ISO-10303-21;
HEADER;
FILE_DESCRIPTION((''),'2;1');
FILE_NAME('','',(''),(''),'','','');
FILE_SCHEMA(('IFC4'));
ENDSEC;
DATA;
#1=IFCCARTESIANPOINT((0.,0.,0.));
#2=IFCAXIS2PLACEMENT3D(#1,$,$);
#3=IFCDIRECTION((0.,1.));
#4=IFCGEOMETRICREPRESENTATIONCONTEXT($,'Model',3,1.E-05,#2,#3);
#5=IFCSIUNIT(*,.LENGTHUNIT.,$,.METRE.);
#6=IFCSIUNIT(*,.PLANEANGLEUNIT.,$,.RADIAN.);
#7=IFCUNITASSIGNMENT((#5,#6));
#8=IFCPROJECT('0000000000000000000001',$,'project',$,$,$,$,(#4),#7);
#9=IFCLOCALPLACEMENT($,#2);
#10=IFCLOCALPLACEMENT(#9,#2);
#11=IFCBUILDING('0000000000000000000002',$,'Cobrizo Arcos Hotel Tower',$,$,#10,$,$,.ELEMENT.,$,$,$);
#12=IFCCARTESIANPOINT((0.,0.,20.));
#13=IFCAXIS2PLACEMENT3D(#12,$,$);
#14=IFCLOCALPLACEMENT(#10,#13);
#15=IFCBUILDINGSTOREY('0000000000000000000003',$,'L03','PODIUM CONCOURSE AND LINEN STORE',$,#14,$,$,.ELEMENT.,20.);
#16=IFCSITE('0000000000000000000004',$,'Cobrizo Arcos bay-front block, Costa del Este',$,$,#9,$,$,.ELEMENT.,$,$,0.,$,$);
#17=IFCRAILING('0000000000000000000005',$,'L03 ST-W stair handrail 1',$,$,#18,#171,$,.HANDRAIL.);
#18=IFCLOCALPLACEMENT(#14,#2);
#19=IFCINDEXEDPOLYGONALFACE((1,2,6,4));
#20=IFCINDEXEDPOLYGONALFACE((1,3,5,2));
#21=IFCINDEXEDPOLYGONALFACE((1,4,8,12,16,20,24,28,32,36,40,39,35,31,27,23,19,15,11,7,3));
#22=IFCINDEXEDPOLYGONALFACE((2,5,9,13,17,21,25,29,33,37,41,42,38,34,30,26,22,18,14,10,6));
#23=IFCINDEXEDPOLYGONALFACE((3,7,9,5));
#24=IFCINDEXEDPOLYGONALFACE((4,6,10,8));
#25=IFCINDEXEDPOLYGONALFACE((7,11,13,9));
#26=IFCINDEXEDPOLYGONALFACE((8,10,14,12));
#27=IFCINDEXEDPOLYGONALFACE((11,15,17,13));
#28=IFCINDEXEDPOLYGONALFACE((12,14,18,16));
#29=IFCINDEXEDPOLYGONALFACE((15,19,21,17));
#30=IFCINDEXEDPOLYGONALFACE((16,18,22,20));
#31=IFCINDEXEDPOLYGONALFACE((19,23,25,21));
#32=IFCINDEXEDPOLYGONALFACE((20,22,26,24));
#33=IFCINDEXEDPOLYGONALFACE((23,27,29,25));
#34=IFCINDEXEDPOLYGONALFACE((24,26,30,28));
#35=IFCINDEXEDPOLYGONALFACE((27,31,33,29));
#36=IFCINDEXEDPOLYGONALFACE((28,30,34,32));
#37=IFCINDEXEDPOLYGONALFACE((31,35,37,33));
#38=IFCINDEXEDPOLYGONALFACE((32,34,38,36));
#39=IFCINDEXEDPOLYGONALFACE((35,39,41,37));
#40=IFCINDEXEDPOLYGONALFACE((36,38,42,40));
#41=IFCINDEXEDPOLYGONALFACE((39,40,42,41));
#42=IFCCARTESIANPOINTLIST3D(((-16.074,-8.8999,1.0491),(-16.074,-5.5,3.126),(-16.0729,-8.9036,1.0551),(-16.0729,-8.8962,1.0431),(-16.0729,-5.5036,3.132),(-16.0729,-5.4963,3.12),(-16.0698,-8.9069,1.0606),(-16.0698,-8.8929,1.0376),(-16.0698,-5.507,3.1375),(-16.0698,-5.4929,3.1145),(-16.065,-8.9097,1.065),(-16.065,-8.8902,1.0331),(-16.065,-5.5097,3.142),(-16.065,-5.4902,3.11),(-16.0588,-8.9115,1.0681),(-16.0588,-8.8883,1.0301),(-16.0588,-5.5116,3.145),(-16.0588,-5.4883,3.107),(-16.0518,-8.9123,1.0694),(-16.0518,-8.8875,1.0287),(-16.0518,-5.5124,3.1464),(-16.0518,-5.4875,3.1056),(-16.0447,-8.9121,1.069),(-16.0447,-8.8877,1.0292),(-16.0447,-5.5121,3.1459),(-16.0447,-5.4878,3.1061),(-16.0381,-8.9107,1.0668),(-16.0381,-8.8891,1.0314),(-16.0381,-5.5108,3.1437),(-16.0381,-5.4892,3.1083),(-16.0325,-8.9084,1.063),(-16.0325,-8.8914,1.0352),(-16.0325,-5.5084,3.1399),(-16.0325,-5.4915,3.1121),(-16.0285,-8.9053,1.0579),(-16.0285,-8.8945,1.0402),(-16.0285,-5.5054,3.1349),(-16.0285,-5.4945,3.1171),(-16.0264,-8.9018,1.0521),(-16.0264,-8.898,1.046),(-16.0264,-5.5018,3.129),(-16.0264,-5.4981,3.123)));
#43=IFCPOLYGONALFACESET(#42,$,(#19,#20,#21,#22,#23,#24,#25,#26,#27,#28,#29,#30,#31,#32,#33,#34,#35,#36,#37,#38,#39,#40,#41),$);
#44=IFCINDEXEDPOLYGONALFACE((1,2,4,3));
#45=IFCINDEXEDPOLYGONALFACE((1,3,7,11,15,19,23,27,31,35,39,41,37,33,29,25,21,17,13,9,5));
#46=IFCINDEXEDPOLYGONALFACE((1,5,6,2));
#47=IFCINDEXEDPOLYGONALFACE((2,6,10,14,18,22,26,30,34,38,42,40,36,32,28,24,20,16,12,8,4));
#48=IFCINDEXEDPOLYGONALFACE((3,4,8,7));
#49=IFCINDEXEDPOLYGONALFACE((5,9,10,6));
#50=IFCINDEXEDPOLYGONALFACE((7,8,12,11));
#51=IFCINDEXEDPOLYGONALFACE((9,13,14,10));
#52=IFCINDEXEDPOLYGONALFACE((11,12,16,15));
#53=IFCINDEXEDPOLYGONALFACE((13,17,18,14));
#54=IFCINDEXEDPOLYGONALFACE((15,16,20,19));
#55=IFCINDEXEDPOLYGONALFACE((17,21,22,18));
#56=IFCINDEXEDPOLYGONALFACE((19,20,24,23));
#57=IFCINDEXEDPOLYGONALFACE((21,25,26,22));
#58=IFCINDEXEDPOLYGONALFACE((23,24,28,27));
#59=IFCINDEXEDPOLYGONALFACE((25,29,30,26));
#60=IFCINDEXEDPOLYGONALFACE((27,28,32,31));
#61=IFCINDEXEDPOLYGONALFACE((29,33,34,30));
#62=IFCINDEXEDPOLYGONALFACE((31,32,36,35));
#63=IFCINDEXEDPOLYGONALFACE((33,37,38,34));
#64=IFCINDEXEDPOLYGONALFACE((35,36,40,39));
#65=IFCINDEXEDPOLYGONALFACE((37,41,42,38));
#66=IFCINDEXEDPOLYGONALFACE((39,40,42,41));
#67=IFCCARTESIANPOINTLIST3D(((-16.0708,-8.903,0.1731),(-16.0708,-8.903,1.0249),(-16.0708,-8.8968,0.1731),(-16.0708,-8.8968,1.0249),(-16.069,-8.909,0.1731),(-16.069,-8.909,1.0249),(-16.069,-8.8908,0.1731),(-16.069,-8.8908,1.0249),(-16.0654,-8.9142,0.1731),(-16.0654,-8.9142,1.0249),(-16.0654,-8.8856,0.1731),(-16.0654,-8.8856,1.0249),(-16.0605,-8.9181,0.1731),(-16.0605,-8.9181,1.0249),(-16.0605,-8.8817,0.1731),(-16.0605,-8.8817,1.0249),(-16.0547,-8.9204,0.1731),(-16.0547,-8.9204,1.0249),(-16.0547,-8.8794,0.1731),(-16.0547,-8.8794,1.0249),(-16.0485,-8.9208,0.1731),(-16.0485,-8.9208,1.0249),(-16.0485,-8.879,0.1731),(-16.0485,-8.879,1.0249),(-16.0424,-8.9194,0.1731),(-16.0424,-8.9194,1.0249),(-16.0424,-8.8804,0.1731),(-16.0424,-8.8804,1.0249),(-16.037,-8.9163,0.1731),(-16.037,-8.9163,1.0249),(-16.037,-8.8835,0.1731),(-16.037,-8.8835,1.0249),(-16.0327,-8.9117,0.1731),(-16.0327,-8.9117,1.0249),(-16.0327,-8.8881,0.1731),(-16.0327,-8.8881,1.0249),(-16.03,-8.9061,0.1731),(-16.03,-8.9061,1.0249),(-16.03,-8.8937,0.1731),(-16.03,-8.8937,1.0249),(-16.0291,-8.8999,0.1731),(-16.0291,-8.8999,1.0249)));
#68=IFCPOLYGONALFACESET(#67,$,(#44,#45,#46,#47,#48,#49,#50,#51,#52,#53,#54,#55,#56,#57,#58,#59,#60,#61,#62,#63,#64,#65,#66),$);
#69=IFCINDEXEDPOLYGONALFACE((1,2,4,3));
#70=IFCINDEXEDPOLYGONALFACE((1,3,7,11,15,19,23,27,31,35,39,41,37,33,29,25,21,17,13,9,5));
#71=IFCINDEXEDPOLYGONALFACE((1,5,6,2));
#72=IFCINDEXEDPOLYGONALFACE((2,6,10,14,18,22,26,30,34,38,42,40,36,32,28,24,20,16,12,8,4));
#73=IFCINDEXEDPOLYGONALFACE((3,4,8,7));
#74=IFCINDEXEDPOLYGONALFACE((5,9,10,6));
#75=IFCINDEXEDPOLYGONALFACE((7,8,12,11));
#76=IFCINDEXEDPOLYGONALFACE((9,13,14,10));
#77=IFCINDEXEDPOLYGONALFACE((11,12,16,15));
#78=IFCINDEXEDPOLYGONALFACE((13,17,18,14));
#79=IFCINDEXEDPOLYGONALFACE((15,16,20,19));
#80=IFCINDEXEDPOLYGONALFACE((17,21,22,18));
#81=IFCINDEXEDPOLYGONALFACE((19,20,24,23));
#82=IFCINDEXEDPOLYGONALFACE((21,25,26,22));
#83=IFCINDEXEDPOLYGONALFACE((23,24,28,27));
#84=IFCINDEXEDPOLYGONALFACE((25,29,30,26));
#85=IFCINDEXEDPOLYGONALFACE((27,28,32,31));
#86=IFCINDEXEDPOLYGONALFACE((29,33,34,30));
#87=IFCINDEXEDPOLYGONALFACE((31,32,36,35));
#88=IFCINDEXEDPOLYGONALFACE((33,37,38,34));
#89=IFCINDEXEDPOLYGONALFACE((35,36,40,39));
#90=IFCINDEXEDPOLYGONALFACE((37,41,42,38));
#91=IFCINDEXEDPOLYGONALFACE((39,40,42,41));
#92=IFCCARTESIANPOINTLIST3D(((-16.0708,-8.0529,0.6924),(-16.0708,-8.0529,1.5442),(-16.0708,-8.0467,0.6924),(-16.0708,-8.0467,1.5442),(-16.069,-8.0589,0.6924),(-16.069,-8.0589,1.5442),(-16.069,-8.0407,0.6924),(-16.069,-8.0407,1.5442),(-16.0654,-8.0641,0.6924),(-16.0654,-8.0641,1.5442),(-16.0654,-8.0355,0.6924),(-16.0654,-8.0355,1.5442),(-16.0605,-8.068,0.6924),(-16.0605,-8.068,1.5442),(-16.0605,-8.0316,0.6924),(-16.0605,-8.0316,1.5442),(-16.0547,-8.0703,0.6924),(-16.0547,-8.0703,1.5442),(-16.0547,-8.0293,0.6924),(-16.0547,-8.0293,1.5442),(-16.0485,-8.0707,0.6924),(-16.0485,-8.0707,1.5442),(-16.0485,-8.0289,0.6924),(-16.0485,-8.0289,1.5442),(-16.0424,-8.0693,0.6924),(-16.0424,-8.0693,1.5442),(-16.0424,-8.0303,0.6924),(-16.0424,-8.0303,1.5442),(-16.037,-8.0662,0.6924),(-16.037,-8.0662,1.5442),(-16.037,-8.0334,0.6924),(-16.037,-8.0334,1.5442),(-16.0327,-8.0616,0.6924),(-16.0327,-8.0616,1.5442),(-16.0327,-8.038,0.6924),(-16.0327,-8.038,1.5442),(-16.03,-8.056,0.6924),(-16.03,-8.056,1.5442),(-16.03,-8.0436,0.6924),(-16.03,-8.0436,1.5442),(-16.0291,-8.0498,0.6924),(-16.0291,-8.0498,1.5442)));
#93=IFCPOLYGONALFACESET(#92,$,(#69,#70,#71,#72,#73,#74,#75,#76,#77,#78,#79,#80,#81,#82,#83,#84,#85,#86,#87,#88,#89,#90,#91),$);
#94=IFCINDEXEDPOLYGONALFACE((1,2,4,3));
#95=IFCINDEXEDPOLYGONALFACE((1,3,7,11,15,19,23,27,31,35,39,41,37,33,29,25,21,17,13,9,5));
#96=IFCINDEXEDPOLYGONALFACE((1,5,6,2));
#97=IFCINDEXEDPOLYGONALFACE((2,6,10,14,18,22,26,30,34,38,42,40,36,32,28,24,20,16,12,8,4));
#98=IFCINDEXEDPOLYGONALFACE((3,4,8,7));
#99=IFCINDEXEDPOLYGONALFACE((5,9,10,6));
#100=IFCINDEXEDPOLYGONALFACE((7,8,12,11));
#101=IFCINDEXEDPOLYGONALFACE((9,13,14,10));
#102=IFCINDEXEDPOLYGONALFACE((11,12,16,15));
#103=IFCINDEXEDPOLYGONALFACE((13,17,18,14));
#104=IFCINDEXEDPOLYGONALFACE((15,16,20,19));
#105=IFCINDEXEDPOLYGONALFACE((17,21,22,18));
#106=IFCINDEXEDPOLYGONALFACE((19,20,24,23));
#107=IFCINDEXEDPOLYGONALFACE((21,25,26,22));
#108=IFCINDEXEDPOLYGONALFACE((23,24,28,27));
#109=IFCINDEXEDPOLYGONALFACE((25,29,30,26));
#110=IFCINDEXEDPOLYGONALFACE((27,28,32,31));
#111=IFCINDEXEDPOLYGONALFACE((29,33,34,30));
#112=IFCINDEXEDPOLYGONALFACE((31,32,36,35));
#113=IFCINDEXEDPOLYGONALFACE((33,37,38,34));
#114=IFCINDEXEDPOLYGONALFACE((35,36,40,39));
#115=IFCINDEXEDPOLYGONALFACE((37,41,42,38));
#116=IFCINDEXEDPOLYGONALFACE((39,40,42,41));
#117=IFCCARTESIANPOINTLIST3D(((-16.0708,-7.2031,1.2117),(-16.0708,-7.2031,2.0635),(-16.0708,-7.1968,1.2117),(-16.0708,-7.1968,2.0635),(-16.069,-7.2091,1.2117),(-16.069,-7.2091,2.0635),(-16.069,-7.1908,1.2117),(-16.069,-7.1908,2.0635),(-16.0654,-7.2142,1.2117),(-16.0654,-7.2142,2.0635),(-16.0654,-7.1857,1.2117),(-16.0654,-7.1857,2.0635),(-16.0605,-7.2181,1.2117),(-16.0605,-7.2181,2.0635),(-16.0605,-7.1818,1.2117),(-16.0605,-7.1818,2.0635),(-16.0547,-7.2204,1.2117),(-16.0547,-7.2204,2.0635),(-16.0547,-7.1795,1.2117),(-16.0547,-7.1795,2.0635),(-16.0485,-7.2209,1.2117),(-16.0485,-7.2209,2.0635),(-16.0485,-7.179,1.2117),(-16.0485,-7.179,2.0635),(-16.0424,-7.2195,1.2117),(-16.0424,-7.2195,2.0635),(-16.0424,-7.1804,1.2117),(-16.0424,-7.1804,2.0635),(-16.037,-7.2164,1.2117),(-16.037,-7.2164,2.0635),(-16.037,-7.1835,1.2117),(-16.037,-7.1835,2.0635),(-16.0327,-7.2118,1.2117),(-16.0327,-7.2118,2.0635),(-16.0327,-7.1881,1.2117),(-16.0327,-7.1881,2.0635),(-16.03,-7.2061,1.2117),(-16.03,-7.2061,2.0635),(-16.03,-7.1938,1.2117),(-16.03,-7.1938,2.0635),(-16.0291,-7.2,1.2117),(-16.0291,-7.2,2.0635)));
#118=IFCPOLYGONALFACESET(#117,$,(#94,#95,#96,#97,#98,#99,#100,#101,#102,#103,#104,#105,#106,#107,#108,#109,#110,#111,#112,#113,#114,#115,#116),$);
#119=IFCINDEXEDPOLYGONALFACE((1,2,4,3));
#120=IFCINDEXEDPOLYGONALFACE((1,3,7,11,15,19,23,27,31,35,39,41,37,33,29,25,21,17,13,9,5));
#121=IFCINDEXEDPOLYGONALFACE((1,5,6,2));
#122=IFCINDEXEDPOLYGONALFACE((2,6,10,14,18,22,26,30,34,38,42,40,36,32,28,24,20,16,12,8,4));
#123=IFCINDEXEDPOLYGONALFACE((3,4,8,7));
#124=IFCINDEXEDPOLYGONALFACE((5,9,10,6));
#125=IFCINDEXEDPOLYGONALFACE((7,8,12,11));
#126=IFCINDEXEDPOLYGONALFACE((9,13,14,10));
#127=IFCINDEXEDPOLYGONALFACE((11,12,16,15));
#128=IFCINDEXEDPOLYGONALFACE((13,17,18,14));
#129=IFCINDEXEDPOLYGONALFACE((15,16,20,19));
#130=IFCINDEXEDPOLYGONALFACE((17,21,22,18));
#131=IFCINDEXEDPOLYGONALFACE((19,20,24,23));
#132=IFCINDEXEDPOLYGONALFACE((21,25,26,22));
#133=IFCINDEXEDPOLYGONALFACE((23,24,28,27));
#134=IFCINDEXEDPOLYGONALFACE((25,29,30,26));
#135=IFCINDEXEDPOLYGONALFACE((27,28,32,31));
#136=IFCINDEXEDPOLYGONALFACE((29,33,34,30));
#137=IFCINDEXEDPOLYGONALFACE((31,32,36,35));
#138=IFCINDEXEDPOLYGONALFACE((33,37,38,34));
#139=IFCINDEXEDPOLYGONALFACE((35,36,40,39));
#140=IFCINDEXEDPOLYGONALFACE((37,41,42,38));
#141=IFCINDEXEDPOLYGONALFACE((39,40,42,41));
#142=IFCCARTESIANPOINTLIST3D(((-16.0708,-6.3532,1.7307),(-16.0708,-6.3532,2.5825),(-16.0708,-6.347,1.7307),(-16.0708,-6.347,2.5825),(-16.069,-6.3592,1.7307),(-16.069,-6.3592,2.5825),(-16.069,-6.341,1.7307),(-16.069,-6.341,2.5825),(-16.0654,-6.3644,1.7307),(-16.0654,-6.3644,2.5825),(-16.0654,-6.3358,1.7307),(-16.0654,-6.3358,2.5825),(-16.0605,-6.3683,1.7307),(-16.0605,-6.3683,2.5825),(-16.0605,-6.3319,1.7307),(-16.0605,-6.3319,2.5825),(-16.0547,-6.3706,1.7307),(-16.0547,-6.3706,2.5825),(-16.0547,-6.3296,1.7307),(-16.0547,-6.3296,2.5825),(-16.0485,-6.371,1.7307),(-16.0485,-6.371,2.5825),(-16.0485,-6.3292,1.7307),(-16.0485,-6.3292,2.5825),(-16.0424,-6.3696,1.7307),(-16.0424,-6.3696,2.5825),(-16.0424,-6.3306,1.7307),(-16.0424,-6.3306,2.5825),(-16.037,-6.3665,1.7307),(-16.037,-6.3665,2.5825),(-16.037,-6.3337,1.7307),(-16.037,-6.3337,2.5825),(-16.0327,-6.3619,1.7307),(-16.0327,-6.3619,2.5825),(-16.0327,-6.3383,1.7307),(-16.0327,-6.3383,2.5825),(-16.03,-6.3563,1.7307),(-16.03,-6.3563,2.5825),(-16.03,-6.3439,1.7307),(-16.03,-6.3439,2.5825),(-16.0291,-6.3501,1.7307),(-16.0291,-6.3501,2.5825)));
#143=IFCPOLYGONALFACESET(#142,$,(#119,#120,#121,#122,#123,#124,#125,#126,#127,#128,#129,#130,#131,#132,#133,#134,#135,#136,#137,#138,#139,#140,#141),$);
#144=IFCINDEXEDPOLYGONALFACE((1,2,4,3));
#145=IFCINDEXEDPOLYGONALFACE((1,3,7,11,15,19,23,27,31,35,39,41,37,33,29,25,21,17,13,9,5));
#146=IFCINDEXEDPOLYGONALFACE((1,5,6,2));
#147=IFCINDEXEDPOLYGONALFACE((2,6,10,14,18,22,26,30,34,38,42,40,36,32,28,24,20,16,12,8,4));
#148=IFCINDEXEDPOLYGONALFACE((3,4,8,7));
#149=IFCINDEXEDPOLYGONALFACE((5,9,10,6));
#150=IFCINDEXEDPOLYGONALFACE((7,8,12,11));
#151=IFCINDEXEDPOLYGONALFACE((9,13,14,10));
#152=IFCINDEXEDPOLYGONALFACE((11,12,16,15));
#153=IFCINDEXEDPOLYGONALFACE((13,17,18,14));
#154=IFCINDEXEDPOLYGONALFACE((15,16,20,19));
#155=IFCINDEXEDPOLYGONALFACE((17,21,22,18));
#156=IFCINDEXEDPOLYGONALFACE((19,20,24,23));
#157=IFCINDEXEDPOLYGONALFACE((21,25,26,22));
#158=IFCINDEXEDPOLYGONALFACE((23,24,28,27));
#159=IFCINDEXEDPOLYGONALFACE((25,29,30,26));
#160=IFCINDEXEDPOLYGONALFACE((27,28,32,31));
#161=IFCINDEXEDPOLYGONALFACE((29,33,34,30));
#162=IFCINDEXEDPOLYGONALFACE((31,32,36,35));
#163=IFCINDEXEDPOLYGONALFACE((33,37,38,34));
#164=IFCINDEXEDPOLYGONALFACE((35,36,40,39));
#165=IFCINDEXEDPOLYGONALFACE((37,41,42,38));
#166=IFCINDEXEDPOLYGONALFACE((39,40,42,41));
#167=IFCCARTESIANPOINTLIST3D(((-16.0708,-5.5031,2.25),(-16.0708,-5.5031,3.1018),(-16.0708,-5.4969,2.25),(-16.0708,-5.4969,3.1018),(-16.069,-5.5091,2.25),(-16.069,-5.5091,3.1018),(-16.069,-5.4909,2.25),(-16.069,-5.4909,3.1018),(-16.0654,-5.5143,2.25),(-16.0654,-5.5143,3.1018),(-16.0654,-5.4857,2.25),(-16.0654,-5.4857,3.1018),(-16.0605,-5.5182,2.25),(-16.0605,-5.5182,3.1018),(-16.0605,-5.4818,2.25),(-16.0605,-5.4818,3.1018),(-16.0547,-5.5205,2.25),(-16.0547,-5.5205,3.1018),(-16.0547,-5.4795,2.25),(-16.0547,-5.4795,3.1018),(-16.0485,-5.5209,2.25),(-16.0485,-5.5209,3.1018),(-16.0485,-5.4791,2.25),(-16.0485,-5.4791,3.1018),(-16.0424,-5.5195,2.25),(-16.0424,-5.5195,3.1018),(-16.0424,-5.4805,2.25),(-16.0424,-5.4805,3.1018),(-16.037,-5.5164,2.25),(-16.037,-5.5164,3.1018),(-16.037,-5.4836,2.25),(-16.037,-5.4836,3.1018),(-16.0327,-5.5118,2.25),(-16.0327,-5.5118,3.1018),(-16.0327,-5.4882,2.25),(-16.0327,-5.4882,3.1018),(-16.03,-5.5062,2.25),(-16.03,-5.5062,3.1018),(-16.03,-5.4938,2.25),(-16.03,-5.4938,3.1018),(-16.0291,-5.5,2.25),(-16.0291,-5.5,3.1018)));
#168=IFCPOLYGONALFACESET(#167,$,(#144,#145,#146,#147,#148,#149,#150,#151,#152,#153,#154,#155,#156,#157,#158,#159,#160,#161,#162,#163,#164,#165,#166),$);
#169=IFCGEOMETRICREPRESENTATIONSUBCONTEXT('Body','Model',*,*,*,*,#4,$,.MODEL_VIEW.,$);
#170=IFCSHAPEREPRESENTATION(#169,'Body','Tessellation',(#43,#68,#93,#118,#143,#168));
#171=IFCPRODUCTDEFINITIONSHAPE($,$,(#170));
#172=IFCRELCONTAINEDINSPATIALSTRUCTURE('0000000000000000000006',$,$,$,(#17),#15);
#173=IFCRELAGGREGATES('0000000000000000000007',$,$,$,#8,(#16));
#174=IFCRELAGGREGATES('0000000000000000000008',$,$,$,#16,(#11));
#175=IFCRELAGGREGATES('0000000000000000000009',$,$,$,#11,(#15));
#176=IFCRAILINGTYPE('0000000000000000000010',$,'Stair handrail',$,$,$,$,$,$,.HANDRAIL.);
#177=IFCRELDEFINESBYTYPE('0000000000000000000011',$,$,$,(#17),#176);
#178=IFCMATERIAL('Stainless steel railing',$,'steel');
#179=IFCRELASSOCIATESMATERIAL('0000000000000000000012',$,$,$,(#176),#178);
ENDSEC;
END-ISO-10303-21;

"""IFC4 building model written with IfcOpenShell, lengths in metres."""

from ifc_helpers import new_model, si_unit, direction, frame, origin, origin_2d, place, context, subcontext, project, spatial, circle, extrude, material, type_object, element, save


model = new_model("IFC4")

# Units and contexts
model_context = context("Model", 3, precision=1e-05, world=origin(), true_north=direction((0.0, 1.0)))
body_context = subcontext(model_context, "Body", "Model", "MODEL_VIEW")
ifc_project = project(units=[si_unit("LENGTHUNIT", "METRE"), si_unit("PLANEANGLEUNIT", "RADIAN")], contexts=[model_context])

# Site, building, storey
site_placement = place(None, origin())
site = spatial("IfcSite", under=ifc_project, at=site_placement, Name="Cobrizo Arcos bay-front block, Costa del Este", CompositionType="ELEMENT", RefElevation=0.0)
building_placement = place(site_placement, origin())
building = spatial("IfcBuilding", under=site, at=building_placement, Name="Cobrizo Arcos Hotel Tower", CompositionType="ELEMENT")
storey_placement = place(building_placement, frame((0.0, 0.0, 20.0)))
storey = spatial("IfcBuildingStorey", under=building, at=storey_placement, Name="L03", Description="PODIUM CONCOURSE AND LINEN STORE", CompositionType="ELEMENT", Elevation=20.0)

# Railing
ifc_material_1 = material(Name="Stainless steel railing", Category="steel")
railing_type_1 = type_object("IfcRailingType", Name="Stair handrail", PredefinedType="HANDRAIL", material=ifc_material_1)
railing_1_placement = place(storey_placement, frame((-16.05, -8.8999, 0.1731)))
element("IfcRailing", 1, at=railing_1_placement, inside=storey, type_object=railing_type_1, Name="L03 ST-W stair handrail 1", PredefinedType="HANDRAIL", context=body_context, shape_type="SweptSolid", body=[
    extrude(circle(Radius=0.0239, at=origin_2d()), frame((0.0, 0.0, 0.876), z_axis=(0.0, 0.853373, 0.521301), x_axis=(-1.0, 0.0, 0.0)), (0.0, 0.0, 1.0), 3.9841),
    extrude(circle(Radius=0.021, at=origin_2d()), origin(), (0.0, 0.0, 1.0), 0.8518),
    extrude(circle(Radius=0.021, at=origin_2d()), frame((0.0, 0.8501, 0.5193)), (0.0, 0.0, 1.0), 0.8518),
    extrude(circle(Radius=0.021, at=origin_2d()), frame((0.0, 1.7, 1.0386)), (0.0, 0.0, 1.0), 0.8518),
    extrude(circle(Radius=0.021, at=origin_2d()), frame((0.0, 2.5498, 1.5576)), (0.0, 0.0, 1.0), 0.8518),
    extrude(circle(Radius=0.021, at=origin_2d()), frame((0.0, 3.3999, 2.0769)), (0.0, 0.0, 1.0), 0.8518),
])

save(model, "model.ifc")
